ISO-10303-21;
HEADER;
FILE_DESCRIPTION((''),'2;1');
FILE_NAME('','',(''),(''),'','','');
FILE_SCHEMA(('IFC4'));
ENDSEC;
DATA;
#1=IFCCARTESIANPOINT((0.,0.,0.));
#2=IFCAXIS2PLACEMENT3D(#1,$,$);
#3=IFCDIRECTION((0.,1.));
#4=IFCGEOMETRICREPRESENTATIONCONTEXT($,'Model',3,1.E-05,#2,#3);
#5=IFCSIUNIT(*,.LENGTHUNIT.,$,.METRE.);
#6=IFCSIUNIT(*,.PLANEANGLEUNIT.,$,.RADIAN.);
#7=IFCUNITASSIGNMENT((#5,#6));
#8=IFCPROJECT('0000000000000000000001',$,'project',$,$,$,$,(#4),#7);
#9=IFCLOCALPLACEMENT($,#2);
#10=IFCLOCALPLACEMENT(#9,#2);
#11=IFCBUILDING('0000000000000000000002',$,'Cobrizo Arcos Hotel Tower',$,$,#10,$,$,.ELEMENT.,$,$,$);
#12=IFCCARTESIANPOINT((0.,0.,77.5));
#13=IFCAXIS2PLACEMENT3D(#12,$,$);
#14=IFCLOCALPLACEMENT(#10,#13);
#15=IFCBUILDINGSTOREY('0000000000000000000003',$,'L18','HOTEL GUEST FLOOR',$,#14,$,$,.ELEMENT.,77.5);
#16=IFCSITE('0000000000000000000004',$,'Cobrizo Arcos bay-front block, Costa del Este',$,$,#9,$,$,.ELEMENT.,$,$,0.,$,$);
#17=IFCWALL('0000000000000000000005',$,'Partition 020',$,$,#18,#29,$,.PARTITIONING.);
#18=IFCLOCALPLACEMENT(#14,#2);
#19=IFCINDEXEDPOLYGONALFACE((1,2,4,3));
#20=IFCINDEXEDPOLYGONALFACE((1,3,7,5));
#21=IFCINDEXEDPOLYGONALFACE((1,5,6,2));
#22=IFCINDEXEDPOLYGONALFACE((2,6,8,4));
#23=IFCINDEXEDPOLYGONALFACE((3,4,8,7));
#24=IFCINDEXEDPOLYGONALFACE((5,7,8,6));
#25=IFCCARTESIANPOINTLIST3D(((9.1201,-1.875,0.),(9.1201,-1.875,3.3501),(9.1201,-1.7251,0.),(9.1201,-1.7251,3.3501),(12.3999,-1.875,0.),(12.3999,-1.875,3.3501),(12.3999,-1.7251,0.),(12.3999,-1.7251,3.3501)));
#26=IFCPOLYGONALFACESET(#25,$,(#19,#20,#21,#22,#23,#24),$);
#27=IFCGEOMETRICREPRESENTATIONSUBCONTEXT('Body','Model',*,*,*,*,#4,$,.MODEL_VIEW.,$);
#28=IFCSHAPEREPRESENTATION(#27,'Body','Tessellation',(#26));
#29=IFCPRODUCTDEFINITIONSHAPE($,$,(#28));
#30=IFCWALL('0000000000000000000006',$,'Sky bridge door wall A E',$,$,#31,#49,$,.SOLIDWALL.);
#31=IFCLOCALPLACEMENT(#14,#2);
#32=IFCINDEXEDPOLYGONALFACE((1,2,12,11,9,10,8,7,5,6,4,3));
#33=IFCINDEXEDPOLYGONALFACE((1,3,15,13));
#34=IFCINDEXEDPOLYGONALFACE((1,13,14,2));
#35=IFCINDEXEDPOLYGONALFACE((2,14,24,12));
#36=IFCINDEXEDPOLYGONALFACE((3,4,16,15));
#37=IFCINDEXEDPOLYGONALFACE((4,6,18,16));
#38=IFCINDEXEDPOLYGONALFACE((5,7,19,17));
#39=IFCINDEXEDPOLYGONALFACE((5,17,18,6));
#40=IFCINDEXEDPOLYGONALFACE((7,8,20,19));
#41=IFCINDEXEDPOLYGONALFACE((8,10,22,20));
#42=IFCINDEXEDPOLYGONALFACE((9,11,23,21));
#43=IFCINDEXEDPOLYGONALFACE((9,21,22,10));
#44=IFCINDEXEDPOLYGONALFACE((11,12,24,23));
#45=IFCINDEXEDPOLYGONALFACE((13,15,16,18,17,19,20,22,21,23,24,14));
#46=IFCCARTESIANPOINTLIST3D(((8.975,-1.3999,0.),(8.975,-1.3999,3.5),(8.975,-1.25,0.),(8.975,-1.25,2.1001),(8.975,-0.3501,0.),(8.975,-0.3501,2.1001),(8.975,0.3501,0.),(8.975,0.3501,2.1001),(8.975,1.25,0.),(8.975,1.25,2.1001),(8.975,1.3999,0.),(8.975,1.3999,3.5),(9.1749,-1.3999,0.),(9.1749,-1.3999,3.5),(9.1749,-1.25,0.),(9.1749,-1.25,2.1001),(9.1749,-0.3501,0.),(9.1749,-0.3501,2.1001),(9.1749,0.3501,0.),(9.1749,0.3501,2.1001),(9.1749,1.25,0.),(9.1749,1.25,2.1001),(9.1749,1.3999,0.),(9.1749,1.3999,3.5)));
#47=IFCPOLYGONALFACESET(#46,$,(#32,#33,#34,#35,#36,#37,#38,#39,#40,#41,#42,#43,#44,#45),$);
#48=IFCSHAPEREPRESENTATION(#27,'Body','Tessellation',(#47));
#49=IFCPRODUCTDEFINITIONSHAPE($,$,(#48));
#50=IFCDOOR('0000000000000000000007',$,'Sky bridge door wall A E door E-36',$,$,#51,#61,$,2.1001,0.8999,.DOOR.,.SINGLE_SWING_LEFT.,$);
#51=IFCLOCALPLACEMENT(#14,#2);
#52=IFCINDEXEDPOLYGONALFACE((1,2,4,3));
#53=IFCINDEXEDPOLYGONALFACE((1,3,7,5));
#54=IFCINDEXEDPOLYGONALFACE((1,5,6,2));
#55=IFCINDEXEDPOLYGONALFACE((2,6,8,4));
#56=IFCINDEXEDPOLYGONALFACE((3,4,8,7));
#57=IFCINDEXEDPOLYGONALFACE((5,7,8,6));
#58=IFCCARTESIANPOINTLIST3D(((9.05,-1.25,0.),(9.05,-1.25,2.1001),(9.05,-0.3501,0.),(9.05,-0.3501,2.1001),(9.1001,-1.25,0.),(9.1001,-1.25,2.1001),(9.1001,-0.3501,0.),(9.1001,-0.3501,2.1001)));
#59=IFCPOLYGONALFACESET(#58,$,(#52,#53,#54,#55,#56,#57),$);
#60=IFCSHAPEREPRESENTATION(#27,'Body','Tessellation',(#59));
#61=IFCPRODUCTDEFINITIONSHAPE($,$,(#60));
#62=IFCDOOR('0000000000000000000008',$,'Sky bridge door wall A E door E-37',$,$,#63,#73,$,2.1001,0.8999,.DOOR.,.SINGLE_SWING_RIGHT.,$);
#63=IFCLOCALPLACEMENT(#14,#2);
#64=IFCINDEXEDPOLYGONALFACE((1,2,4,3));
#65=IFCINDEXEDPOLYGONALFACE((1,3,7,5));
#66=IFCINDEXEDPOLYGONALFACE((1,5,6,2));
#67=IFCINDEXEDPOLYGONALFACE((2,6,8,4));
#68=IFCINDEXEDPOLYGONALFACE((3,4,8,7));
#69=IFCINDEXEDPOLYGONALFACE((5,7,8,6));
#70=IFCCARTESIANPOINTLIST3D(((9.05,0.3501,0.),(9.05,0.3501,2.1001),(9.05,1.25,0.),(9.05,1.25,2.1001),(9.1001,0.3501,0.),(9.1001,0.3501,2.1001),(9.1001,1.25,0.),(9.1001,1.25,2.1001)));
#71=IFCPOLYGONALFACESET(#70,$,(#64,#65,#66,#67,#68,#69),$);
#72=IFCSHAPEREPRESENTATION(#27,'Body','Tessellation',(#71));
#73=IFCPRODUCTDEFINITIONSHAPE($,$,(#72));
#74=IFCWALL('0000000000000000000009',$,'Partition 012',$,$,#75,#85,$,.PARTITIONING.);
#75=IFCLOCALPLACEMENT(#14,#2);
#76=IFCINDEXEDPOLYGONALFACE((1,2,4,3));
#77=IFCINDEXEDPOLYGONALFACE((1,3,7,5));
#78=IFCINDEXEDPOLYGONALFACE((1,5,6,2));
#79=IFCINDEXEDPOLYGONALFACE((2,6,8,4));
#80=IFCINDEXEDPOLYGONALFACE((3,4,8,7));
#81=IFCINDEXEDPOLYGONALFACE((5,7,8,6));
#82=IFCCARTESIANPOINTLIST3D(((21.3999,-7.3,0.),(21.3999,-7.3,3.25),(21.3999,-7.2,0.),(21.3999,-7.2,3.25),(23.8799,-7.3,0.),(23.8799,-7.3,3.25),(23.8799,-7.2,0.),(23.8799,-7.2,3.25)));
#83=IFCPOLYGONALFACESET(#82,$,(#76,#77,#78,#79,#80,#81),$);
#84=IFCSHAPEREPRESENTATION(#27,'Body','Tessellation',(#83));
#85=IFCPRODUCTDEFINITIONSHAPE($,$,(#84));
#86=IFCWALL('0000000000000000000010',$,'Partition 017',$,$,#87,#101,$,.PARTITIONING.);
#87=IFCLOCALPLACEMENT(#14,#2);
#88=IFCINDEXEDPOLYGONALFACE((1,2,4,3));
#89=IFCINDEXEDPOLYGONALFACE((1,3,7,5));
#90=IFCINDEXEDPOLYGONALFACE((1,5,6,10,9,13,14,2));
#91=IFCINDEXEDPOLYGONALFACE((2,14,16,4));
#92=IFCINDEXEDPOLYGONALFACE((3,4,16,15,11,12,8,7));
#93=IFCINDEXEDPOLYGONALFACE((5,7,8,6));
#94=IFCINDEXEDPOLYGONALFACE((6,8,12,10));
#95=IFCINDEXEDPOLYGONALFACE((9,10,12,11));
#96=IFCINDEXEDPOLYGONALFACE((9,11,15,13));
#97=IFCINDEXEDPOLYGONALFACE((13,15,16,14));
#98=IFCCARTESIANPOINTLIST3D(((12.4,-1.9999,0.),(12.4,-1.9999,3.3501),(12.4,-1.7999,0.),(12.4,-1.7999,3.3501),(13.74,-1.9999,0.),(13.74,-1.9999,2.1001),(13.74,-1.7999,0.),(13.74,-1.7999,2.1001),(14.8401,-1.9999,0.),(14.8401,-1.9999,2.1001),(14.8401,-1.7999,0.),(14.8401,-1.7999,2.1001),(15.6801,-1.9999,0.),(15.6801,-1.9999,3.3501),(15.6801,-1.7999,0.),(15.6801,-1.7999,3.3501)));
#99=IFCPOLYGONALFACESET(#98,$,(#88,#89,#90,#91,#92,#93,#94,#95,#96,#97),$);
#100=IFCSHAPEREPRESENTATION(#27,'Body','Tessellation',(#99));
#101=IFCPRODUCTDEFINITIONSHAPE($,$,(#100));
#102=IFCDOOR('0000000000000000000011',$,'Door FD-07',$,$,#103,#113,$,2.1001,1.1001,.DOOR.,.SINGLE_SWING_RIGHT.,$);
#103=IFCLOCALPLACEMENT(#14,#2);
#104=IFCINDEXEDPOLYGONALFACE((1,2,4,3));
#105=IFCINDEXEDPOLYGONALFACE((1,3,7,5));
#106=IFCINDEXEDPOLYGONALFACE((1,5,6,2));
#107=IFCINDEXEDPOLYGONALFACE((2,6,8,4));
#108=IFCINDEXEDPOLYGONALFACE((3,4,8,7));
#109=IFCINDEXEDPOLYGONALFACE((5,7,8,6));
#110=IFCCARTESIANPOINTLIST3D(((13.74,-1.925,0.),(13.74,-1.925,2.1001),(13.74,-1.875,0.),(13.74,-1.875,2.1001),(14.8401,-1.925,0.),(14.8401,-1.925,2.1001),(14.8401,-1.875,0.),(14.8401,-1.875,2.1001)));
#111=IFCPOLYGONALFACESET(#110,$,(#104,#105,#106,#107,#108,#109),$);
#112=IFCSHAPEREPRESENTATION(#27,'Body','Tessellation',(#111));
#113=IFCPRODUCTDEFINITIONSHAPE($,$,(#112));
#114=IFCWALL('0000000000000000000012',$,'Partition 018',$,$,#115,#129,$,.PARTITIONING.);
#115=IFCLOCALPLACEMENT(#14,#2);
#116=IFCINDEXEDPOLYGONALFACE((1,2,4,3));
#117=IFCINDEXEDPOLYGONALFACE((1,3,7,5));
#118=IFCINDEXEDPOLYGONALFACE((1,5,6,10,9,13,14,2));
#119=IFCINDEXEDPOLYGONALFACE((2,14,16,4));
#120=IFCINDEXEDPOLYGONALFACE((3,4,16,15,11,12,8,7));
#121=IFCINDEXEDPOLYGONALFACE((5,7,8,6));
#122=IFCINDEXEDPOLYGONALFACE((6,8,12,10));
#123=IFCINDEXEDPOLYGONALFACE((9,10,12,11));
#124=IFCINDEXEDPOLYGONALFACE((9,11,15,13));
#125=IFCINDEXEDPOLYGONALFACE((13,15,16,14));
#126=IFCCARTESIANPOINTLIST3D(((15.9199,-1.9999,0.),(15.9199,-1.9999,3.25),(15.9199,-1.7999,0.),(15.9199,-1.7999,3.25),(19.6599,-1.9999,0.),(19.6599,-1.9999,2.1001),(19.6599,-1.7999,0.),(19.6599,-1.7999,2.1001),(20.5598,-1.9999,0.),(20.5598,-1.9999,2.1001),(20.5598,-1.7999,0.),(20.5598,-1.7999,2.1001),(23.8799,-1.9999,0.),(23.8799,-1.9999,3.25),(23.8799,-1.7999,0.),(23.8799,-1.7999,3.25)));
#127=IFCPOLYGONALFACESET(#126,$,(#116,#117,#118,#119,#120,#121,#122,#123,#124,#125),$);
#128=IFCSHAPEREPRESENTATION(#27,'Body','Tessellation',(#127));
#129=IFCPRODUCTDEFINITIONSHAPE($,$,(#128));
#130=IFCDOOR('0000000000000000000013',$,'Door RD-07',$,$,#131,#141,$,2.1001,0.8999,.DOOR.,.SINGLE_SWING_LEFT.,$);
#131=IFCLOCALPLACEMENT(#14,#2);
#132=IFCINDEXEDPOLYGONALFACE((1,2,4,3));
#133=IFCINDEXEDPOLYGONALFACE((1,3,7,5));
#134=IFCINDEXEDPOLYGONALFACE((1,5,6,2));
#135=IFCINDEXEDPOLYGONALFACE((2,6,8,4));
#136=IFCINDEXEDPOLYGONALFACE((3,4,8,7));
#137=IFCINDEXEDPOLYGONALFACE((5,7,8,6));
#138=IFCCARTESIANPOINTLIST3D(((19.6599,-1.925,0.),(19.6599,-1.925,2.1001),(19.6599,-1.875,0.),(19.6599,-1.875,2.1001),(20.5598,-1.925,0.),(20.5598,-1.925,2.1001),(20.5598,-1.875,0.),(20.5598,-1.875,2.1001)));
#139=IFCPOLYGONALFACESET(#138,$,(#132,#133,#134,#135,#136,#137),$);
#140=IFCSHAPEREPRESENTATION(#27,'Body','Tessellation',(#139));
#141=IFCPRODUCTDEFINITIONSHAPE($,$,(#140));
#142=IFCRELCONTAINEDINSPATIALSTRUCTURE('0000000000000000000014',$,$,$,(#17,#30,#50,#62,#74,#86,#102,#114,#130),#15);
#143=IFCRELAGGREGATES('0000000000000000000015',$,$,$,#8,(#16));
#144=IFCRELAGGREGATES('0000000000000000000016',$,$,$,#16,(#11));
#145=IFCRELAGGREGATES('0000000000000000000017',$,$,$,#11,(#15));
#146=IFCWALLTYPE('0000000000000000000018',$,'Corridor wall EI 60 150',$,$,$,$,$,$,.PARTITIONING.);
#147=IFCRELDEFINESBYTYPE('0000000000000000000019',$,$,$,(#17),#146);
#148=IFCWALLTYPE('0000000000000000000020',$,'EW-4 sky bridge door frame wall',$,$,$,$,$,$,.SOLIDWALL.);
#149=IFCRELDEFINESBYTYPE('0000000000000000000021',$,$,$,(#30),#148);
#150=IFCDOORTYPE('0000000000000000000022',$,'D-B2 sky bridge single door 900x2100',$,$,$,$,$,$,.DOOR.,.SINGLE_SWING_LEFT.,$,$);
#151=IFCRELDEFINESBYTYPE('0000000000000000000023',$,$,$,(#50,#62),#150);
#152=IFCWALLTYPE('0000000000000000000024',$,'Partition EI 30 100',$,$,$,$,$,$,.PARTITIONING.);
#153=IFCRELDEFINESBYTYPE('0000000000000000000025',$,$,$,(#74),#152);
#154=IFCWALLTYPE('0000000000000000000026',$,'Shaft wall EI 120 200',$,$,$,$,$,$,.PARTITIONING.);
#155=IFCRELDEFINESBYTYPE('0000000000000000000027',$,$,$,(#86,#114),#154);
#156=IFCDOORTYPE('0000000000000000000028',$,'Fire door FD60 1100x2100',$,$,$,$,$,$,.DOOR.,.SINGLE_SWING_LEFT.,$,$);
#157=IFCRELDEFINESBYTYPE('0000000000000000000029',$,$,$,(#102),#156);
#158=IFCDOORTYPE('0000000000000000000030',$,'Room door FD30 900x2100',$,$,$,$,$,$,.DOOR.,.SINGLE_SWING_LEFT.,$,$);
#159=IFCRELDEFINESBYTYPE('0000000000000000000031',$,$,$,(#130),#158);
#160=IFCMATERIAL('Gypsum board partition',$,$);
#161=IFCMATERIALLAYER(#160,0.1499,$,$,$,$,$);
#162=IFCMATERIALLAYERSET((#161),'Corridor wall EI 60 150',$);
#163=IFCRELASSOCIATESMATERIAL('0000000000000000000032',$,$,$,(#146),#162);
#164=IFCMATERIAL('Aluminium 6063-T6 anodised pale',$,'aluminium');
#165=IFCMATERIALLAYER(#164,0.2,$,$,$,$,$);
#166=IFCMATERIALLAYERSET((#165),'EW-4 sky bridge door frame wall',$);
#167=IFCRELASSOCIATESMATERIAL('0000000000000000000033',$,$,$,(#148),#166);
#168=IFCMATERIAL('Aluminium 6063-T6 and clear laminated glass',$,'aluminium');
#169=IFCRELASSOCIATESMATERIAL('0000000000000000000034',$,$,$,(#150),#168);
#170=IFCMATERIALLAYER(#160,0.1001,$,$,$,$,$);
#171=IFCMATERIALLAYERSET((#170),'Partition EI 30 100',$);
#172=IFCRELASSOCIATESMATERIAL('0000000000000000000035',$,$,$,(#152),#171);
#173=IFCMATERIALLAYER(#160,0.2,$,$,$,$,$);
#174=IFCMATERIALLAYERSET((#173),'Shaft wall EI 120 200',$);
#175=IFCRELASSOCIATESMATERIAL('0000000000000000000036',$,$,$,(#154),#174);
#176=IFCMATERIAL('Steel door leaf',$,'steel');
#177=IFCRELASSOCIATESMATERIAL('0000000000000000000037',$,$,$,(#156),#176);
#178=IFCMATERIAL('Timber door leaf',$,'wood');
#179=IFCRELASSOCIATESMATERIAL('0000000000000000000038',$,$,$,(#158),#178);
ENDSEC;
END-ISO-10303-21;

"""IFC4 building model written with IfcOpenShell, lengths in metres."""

from ifc_helpers import new_model, si_unit, direction, frame, frame_2d, origin, place, context, subcontext, project, spatial, rectangle, extrude, material, layer, layer_set, type_object, element, fill, save


model = new_model("IFC4")

# Units and contexts
model_context = context("Model", 3, precision=1e-05, world=origin(), true_north=direction((0.0, 1.0)))
body_context = subcontext(model_context, "Body", "Model", "MODEL_VIEW")
ifc_project = project(units=[si_unit("LENGTHUNIT", "METRE"), si_unit("PLANEANGLEUNIT", "RADIAN")], contexts=[model_context])

# Site, building, storey
site_placement = place(None, origin())
site = spatial("IfcSite", under=ifc_project, at=site_placement, Name="Cobrizo Arcos bay-front block, Costa del Este", CompositionType="ELEMENT", RefElevation=0.0)
building_placement = place(site_placement, origin())
building = spatial("IfcBuilding", under=site, at=building_placement, Name="Cobrizo Arcos Hotel Tower", CompositionType="ELEMENT")
storey_placement = place(building_placement, frame((0.0, 0.0, 77.5)))
storey = spatial("IfcBuildingStorey", under=building, at=storey_placement, Name="L18", Description="HOTEL GUEST FLOOR", CompositionType="ELEMENT", Elevation=77.5)

# Wall
ifc_material_1 = material(Name="Gypsum board partition")
ifc_layer_1 = layer(ifc_material_1, 0.1499)
ifc_layer_set_1 = layer_set([ifc_layer_1], Name="Corridor wall EI 60 150")
wall_type_1 = type_object("IfcWallType", Name="Corridor wall EI 60 150", PredefinedType="PARTITIONING", material=ifc_layer_set_1)
wall_1_placement = place(storey_placement, frame((9.1201, -1.8, 0.0), z_axis=(0.0, 0.0, 1.0), x_axis=(1.0, 0.0, 0.0)))
element("IfcWall", 1, at=wall_1_placement, inside=storey, type_object=wall_type_1, Name="Partition 020", PredefinedType="PARTITIONING", context=body_context, shape_type="SweptSolid", body=[
    extrude(rectangle(XDim=3.2798, YDim=0.1499, at=frame_2d((1.6399, 0.0))), origin(), (0.0, 0.0, 1.0), 3.3501),
])

# Wall, openings, doors
ifc_material_2 = material(Name="Aluminium 6063-T6 anodised pale", Category="aluminium")
ifc_layer_2 = layer(ifc_material_2, 0.2)
ifc_layer_set_2 = layer_set([ifc_layer_2], Name="EW-4 sky bridge door frame wall")
wall_type_2 = type_object("IfcWallType", Name="EW-4 sky bridge door frame wall", PredefinedType="SOLIDWALL", material=ifc_layer_set_2)
wall_2_placement = place(storey_placement, frame((9.075, -1.3999, 0.0), z_axis=(0.0, 0.0, 1.0), x_axis=(0.0, 1.0, 0.0)))
wall_2 = element("IfcWall", 2, at=wall_2_placement, inside=storey, type_object=wall_type_2, Name="Sky bridge door wall A E", PredefinedType="SOLIDWALL", context=body_context, shape_type="SweptSolid", body=[
    extrude(rectangle(XDim=2.7998, YDim=0.2, at=frame_2d((1.3999, 0.0))), origin(), (0.0, 0.0, 1.0), 3.5),
])
opening_1_placement = place(wall_2_placement, frame((0.1499, 0.0, 0.0)))
opening_1 = element("IfcOpeningElement", 3, at=opening_1_placement, cuts=wall_2, PredefinedType="OPENING", context=body_context, shape_type="SweptSolid", body=[
    extrude(rectangle(XDim=0.8999, YDim=2.1001, at=frame_2d((0.45, 1.05))), frame((0.0, 0.1121, 0.0), z_axis=(0.0, -1.0, 0.0), x_axis=(1.0, 0.0, 0.0)), (0.0, 0.0, 1.0), 0.2239),
])
opening_2_placement = place(wall_2_placement, frame((1.75, 0.0, 0.0)))
opening_2 = element("IfcOpeningElement", 4, at=opening_2_placement, cuts=wall_2, PredefinedType="OPENING", context=body_context, shape_type="SweptSolid", body=[
    extrude(rectangle(XDim=0.8999, YDim=2.1001, at=frame_2d((0.45, 1.05))), frame((0.0, 0.1121, 0.0), z_axis=(0.0, -1.0, 0.0), x_axis=(1.0, 0.0, 0.0)), (0.0, 0.0, 1.0), 0.2239),
])
ifc_material_3 = material(Name="Aluminium 6063-T6 and clear laminated glass", Category="aluminium")
door_type_1 = type_object("IfcDoorType", Name="D-B2 sky bridge single door 900x2100", OperationType="SINGLE_SWING_LEFT", PredefinedType="DOOR", material=ifc_material_3)
door_1_placement = place(opening_1_placement, origin())
door_1 = element("IfcDoor", 5, at=door_1_placement, inside=storey, type_object=door_type_1, Name="Sky bridge door wall A E door E-36", OperationType="SINGLE_SWING_LEFT", OverallHeight=2.1001, OverallWidth=0.8999, PredefinedType="DOOR", context=body_context, shape_type="SweptSolid", body=[
    extrude(rectangle(XDim=0.8999, YDim=2.1001, at=frame_2d((0.45, 1.05))), frame((0.0, 0.0249, 0.0), z_axis=(0.0, -1.0, 0.0), x_axis=(1.0, 0.0, 0.0)), (0.0, 0.0, 1.0), 0.05),
])
fill(opening_1, door_1)
door_2_placement = place(opening_2_placement, origin())
door_2 = element("IfcDoor", 6, at=door_2_placement, inside=storey, type_object=door_type_1, Name="Sky bridge door wall A E door E-37", OperationType="SINGLE_SWING_RIGHT", OverallHeight=2.1001, OverallWidth=0.8999, PredefinedType="DOOR", context=body_context, shape_type="SweptSolid", body=[
    extrude(rectangle(XDim=0.8999, YDim=2.1001, at=frame_2d((0.45, 1.05))), frame((0.0, 0.0249, 0.0), z_axis=(0.0, -1.0, 0.0), x_axis=(1.0, 0.0, 0.0)), (0.0, 0.0, 1.0), 0.05),
])
fill(opening_2, door_2)

# Wall
ifc_layer_3 = layer(ifc_material_1, 0.1001)
ifc_layer_set_3 = layer_set([ifc_layer_3], Name="Partition EI 30 100")
wall_type_3 = type_object("IfcWallType", Name="Partition EI 30 100", PredefinedType="PARTITIONING", material=ifc_layer_set_3)
wall_3_placement = place(storey_placement, frame((21.3999, -7.25, 0.0), z_axis=(0.0, 0.0, 1.0), x_axis=(1.0, 0.0, 0.0)))
element("IfcWall", 7, at=wall_3_placement, inside=storey, type_object=wall_type_3, Name="Partition 012", PredefinedType="PARTITIONING", context=body_context, shape_type="SweptSolid", body=[
    extrude(rectangle(XDim=2.48, YDim=0.1001, at=frame_2d((1.24, 0.0))), origin(), (0.0, 0.0, 1.0), 3.25),
])

# Walls, openings, doors
ifc_layer_4 = layer(ifc_material_1, 0.2)
ifc_layer_set_4 = layer_set([ifc_layer_4], Name="Shaft wall EI 120 200")
wall_type_4 = type_object("IfcWallType", Name="Shaft wall EI 120 200", PredefinedType="PARTITIONING", material=ifc_layer_set_4)
wall_4_placement = place(storey_placement, frame((12.3999, -1.8999, 0.0), z_axis=(0.0, 0.0, 1.0), x_axis=(1.0, 0.0, 0.0)))
wall_4 = element("IfcWall", 8, at=wall_4_placement, inside=storey, type_object=wall_type_4, Name="Partition 017", PredefinedType="PARTITIONING", context=body_context, shape_type="SweptSolid", body=[
    extrude(rectangle(XDim=3.28, YDim=0.2, at=frame_2d((1.6401, 0.0))), origin(), (0.0, 0.0, 1.0), 3.3501),
])
opening_3_placement = place(wall_4_placement, frame((1.3401, 0.0, 0.0)))
opening_3 = element("IfcOpeningElement", 9, at=opening_3_placement, cuts=wall_4, PredefinedType="OPENING", context=body_context, shape_type="SweptSolid", body=[
    extrude(rectangle(XDim=1.1001, YDim=2.1001, at=frame_2d((0.55, 1.05))), frame((0.0, 0.1121, 0.0), z_axis=(0.0, -1.0, 0.0), x_axis=(1.0, 0.0, 0.0)), (0.0, 0.0, 1.0), 0.2239),
])
ifc_material_4 = material(Name="Steel door leaf", Category="steel")
door_type_2 = type_object("IfcDoorType", Name="Fire door FD60 1100x2100", OperationType="SINGLE_SWING_LEFT", PredefinedType="DOOR", material=ifc_material_4)
door_3_placement = place(opening_3_placement, origin())
door_3 = element("IfcDoor", 10, at=door_3_placement, inside=storey, type_object=door_type_2, Name="Door FD-07", OperationType="SINGLE_SWING_RIGHT", OverallHeight=2.1001, OverallWidth=1.1001, PredefinedType="DOOR", context=body_context, shape_type="SweptSolid", body=[
    extrude(rectangle(XDim=1.1001, YDim=2.1001, at=frame_2d((0.55, 1.05))), frame((0.0, 0.0249, 0.0), z_axis=(0.0, -1.0, 0.0), x_axis=(1.0, 0.0, 0.0)), (0.0, 0.0, 1.0), 0.05),
])
fill(opening_3, door_3)
wall_5_placement = place(storey_placement, frame((15.9199, -1.8999, 0.0), z_axis=(0.0, 0.0, 1.0), x_axis=(1.0, 0.0, 0.0)))
wall_5 = element("IfcWall", 11, at=wall_5_placement, inside=storey, type_object=wall_type_4, Name="Partition 018", PredefinedType="PARTITIONING", context=body_context, shape_type="SweptSolid", body=[
    extrude(rectangle(XDim=7.96, YDim=0.2, at=frame_2d((3.98, 0.0))), origin(), (0.0, 0.0, 1.0), 3.25),
])
opening_4_placement = place(wall_5_placement, frame((3.74, 0.0, 0.0)))
opening_4 = element("IfcOpeningElement", 12, at=opening_4_placement, cuts=wall_5, PredefinedType="OPENING", context=body_context, shape_type="SweptSolid", body=[
    extrude(rectangle(XDim=0.8999, YDim=2.1001, at=frame_2d((0.45, 1.05))), frame((0.0, 0.1121, 0.0), z_axis=(0.0, -1.0, 0.0), x_axis=(1.0, 0.0, 0.0)), (0.0, 0.0, 1.0), 0.2239),
])
ifc_material_5 = material(Name="Timber door leaf", Category="wood")
door_type_3 = type_object("IfcDoorType", Name="Room door FD30 900x2100", OperationType="SINGLE_SWING_LEFT", PredefinedType="DOOR", material=ifc_material_5)
door_4_placement = place(opening_4_placement, origin())
door_4 = element("IfcDoor", 13, at=door_4_placement, inside=storey, type_object=door_type_3, Name="Door RD-07", OperationType="SINGLE_SWING_LEFT", OverallHeight=2.1001, OverallWidth=0.8999, PredefinedType="DOOR", context=body_context, shape_type="SweptSolid", body=[
    extrude(rectangle(XDim=0.8999, YDim=2.1001, at=frame_2d((0.45, 1.05))), frame((0.0, 0.0249, 0.0), z_axis=(0.0, -1.0, 0.0), x_axis=(1.0, 0.0, 0.0)), (0.0, 0.0, 1.0), 0.05),
])
fill(opening_4, door_4)

save(model, "model.ifc")
